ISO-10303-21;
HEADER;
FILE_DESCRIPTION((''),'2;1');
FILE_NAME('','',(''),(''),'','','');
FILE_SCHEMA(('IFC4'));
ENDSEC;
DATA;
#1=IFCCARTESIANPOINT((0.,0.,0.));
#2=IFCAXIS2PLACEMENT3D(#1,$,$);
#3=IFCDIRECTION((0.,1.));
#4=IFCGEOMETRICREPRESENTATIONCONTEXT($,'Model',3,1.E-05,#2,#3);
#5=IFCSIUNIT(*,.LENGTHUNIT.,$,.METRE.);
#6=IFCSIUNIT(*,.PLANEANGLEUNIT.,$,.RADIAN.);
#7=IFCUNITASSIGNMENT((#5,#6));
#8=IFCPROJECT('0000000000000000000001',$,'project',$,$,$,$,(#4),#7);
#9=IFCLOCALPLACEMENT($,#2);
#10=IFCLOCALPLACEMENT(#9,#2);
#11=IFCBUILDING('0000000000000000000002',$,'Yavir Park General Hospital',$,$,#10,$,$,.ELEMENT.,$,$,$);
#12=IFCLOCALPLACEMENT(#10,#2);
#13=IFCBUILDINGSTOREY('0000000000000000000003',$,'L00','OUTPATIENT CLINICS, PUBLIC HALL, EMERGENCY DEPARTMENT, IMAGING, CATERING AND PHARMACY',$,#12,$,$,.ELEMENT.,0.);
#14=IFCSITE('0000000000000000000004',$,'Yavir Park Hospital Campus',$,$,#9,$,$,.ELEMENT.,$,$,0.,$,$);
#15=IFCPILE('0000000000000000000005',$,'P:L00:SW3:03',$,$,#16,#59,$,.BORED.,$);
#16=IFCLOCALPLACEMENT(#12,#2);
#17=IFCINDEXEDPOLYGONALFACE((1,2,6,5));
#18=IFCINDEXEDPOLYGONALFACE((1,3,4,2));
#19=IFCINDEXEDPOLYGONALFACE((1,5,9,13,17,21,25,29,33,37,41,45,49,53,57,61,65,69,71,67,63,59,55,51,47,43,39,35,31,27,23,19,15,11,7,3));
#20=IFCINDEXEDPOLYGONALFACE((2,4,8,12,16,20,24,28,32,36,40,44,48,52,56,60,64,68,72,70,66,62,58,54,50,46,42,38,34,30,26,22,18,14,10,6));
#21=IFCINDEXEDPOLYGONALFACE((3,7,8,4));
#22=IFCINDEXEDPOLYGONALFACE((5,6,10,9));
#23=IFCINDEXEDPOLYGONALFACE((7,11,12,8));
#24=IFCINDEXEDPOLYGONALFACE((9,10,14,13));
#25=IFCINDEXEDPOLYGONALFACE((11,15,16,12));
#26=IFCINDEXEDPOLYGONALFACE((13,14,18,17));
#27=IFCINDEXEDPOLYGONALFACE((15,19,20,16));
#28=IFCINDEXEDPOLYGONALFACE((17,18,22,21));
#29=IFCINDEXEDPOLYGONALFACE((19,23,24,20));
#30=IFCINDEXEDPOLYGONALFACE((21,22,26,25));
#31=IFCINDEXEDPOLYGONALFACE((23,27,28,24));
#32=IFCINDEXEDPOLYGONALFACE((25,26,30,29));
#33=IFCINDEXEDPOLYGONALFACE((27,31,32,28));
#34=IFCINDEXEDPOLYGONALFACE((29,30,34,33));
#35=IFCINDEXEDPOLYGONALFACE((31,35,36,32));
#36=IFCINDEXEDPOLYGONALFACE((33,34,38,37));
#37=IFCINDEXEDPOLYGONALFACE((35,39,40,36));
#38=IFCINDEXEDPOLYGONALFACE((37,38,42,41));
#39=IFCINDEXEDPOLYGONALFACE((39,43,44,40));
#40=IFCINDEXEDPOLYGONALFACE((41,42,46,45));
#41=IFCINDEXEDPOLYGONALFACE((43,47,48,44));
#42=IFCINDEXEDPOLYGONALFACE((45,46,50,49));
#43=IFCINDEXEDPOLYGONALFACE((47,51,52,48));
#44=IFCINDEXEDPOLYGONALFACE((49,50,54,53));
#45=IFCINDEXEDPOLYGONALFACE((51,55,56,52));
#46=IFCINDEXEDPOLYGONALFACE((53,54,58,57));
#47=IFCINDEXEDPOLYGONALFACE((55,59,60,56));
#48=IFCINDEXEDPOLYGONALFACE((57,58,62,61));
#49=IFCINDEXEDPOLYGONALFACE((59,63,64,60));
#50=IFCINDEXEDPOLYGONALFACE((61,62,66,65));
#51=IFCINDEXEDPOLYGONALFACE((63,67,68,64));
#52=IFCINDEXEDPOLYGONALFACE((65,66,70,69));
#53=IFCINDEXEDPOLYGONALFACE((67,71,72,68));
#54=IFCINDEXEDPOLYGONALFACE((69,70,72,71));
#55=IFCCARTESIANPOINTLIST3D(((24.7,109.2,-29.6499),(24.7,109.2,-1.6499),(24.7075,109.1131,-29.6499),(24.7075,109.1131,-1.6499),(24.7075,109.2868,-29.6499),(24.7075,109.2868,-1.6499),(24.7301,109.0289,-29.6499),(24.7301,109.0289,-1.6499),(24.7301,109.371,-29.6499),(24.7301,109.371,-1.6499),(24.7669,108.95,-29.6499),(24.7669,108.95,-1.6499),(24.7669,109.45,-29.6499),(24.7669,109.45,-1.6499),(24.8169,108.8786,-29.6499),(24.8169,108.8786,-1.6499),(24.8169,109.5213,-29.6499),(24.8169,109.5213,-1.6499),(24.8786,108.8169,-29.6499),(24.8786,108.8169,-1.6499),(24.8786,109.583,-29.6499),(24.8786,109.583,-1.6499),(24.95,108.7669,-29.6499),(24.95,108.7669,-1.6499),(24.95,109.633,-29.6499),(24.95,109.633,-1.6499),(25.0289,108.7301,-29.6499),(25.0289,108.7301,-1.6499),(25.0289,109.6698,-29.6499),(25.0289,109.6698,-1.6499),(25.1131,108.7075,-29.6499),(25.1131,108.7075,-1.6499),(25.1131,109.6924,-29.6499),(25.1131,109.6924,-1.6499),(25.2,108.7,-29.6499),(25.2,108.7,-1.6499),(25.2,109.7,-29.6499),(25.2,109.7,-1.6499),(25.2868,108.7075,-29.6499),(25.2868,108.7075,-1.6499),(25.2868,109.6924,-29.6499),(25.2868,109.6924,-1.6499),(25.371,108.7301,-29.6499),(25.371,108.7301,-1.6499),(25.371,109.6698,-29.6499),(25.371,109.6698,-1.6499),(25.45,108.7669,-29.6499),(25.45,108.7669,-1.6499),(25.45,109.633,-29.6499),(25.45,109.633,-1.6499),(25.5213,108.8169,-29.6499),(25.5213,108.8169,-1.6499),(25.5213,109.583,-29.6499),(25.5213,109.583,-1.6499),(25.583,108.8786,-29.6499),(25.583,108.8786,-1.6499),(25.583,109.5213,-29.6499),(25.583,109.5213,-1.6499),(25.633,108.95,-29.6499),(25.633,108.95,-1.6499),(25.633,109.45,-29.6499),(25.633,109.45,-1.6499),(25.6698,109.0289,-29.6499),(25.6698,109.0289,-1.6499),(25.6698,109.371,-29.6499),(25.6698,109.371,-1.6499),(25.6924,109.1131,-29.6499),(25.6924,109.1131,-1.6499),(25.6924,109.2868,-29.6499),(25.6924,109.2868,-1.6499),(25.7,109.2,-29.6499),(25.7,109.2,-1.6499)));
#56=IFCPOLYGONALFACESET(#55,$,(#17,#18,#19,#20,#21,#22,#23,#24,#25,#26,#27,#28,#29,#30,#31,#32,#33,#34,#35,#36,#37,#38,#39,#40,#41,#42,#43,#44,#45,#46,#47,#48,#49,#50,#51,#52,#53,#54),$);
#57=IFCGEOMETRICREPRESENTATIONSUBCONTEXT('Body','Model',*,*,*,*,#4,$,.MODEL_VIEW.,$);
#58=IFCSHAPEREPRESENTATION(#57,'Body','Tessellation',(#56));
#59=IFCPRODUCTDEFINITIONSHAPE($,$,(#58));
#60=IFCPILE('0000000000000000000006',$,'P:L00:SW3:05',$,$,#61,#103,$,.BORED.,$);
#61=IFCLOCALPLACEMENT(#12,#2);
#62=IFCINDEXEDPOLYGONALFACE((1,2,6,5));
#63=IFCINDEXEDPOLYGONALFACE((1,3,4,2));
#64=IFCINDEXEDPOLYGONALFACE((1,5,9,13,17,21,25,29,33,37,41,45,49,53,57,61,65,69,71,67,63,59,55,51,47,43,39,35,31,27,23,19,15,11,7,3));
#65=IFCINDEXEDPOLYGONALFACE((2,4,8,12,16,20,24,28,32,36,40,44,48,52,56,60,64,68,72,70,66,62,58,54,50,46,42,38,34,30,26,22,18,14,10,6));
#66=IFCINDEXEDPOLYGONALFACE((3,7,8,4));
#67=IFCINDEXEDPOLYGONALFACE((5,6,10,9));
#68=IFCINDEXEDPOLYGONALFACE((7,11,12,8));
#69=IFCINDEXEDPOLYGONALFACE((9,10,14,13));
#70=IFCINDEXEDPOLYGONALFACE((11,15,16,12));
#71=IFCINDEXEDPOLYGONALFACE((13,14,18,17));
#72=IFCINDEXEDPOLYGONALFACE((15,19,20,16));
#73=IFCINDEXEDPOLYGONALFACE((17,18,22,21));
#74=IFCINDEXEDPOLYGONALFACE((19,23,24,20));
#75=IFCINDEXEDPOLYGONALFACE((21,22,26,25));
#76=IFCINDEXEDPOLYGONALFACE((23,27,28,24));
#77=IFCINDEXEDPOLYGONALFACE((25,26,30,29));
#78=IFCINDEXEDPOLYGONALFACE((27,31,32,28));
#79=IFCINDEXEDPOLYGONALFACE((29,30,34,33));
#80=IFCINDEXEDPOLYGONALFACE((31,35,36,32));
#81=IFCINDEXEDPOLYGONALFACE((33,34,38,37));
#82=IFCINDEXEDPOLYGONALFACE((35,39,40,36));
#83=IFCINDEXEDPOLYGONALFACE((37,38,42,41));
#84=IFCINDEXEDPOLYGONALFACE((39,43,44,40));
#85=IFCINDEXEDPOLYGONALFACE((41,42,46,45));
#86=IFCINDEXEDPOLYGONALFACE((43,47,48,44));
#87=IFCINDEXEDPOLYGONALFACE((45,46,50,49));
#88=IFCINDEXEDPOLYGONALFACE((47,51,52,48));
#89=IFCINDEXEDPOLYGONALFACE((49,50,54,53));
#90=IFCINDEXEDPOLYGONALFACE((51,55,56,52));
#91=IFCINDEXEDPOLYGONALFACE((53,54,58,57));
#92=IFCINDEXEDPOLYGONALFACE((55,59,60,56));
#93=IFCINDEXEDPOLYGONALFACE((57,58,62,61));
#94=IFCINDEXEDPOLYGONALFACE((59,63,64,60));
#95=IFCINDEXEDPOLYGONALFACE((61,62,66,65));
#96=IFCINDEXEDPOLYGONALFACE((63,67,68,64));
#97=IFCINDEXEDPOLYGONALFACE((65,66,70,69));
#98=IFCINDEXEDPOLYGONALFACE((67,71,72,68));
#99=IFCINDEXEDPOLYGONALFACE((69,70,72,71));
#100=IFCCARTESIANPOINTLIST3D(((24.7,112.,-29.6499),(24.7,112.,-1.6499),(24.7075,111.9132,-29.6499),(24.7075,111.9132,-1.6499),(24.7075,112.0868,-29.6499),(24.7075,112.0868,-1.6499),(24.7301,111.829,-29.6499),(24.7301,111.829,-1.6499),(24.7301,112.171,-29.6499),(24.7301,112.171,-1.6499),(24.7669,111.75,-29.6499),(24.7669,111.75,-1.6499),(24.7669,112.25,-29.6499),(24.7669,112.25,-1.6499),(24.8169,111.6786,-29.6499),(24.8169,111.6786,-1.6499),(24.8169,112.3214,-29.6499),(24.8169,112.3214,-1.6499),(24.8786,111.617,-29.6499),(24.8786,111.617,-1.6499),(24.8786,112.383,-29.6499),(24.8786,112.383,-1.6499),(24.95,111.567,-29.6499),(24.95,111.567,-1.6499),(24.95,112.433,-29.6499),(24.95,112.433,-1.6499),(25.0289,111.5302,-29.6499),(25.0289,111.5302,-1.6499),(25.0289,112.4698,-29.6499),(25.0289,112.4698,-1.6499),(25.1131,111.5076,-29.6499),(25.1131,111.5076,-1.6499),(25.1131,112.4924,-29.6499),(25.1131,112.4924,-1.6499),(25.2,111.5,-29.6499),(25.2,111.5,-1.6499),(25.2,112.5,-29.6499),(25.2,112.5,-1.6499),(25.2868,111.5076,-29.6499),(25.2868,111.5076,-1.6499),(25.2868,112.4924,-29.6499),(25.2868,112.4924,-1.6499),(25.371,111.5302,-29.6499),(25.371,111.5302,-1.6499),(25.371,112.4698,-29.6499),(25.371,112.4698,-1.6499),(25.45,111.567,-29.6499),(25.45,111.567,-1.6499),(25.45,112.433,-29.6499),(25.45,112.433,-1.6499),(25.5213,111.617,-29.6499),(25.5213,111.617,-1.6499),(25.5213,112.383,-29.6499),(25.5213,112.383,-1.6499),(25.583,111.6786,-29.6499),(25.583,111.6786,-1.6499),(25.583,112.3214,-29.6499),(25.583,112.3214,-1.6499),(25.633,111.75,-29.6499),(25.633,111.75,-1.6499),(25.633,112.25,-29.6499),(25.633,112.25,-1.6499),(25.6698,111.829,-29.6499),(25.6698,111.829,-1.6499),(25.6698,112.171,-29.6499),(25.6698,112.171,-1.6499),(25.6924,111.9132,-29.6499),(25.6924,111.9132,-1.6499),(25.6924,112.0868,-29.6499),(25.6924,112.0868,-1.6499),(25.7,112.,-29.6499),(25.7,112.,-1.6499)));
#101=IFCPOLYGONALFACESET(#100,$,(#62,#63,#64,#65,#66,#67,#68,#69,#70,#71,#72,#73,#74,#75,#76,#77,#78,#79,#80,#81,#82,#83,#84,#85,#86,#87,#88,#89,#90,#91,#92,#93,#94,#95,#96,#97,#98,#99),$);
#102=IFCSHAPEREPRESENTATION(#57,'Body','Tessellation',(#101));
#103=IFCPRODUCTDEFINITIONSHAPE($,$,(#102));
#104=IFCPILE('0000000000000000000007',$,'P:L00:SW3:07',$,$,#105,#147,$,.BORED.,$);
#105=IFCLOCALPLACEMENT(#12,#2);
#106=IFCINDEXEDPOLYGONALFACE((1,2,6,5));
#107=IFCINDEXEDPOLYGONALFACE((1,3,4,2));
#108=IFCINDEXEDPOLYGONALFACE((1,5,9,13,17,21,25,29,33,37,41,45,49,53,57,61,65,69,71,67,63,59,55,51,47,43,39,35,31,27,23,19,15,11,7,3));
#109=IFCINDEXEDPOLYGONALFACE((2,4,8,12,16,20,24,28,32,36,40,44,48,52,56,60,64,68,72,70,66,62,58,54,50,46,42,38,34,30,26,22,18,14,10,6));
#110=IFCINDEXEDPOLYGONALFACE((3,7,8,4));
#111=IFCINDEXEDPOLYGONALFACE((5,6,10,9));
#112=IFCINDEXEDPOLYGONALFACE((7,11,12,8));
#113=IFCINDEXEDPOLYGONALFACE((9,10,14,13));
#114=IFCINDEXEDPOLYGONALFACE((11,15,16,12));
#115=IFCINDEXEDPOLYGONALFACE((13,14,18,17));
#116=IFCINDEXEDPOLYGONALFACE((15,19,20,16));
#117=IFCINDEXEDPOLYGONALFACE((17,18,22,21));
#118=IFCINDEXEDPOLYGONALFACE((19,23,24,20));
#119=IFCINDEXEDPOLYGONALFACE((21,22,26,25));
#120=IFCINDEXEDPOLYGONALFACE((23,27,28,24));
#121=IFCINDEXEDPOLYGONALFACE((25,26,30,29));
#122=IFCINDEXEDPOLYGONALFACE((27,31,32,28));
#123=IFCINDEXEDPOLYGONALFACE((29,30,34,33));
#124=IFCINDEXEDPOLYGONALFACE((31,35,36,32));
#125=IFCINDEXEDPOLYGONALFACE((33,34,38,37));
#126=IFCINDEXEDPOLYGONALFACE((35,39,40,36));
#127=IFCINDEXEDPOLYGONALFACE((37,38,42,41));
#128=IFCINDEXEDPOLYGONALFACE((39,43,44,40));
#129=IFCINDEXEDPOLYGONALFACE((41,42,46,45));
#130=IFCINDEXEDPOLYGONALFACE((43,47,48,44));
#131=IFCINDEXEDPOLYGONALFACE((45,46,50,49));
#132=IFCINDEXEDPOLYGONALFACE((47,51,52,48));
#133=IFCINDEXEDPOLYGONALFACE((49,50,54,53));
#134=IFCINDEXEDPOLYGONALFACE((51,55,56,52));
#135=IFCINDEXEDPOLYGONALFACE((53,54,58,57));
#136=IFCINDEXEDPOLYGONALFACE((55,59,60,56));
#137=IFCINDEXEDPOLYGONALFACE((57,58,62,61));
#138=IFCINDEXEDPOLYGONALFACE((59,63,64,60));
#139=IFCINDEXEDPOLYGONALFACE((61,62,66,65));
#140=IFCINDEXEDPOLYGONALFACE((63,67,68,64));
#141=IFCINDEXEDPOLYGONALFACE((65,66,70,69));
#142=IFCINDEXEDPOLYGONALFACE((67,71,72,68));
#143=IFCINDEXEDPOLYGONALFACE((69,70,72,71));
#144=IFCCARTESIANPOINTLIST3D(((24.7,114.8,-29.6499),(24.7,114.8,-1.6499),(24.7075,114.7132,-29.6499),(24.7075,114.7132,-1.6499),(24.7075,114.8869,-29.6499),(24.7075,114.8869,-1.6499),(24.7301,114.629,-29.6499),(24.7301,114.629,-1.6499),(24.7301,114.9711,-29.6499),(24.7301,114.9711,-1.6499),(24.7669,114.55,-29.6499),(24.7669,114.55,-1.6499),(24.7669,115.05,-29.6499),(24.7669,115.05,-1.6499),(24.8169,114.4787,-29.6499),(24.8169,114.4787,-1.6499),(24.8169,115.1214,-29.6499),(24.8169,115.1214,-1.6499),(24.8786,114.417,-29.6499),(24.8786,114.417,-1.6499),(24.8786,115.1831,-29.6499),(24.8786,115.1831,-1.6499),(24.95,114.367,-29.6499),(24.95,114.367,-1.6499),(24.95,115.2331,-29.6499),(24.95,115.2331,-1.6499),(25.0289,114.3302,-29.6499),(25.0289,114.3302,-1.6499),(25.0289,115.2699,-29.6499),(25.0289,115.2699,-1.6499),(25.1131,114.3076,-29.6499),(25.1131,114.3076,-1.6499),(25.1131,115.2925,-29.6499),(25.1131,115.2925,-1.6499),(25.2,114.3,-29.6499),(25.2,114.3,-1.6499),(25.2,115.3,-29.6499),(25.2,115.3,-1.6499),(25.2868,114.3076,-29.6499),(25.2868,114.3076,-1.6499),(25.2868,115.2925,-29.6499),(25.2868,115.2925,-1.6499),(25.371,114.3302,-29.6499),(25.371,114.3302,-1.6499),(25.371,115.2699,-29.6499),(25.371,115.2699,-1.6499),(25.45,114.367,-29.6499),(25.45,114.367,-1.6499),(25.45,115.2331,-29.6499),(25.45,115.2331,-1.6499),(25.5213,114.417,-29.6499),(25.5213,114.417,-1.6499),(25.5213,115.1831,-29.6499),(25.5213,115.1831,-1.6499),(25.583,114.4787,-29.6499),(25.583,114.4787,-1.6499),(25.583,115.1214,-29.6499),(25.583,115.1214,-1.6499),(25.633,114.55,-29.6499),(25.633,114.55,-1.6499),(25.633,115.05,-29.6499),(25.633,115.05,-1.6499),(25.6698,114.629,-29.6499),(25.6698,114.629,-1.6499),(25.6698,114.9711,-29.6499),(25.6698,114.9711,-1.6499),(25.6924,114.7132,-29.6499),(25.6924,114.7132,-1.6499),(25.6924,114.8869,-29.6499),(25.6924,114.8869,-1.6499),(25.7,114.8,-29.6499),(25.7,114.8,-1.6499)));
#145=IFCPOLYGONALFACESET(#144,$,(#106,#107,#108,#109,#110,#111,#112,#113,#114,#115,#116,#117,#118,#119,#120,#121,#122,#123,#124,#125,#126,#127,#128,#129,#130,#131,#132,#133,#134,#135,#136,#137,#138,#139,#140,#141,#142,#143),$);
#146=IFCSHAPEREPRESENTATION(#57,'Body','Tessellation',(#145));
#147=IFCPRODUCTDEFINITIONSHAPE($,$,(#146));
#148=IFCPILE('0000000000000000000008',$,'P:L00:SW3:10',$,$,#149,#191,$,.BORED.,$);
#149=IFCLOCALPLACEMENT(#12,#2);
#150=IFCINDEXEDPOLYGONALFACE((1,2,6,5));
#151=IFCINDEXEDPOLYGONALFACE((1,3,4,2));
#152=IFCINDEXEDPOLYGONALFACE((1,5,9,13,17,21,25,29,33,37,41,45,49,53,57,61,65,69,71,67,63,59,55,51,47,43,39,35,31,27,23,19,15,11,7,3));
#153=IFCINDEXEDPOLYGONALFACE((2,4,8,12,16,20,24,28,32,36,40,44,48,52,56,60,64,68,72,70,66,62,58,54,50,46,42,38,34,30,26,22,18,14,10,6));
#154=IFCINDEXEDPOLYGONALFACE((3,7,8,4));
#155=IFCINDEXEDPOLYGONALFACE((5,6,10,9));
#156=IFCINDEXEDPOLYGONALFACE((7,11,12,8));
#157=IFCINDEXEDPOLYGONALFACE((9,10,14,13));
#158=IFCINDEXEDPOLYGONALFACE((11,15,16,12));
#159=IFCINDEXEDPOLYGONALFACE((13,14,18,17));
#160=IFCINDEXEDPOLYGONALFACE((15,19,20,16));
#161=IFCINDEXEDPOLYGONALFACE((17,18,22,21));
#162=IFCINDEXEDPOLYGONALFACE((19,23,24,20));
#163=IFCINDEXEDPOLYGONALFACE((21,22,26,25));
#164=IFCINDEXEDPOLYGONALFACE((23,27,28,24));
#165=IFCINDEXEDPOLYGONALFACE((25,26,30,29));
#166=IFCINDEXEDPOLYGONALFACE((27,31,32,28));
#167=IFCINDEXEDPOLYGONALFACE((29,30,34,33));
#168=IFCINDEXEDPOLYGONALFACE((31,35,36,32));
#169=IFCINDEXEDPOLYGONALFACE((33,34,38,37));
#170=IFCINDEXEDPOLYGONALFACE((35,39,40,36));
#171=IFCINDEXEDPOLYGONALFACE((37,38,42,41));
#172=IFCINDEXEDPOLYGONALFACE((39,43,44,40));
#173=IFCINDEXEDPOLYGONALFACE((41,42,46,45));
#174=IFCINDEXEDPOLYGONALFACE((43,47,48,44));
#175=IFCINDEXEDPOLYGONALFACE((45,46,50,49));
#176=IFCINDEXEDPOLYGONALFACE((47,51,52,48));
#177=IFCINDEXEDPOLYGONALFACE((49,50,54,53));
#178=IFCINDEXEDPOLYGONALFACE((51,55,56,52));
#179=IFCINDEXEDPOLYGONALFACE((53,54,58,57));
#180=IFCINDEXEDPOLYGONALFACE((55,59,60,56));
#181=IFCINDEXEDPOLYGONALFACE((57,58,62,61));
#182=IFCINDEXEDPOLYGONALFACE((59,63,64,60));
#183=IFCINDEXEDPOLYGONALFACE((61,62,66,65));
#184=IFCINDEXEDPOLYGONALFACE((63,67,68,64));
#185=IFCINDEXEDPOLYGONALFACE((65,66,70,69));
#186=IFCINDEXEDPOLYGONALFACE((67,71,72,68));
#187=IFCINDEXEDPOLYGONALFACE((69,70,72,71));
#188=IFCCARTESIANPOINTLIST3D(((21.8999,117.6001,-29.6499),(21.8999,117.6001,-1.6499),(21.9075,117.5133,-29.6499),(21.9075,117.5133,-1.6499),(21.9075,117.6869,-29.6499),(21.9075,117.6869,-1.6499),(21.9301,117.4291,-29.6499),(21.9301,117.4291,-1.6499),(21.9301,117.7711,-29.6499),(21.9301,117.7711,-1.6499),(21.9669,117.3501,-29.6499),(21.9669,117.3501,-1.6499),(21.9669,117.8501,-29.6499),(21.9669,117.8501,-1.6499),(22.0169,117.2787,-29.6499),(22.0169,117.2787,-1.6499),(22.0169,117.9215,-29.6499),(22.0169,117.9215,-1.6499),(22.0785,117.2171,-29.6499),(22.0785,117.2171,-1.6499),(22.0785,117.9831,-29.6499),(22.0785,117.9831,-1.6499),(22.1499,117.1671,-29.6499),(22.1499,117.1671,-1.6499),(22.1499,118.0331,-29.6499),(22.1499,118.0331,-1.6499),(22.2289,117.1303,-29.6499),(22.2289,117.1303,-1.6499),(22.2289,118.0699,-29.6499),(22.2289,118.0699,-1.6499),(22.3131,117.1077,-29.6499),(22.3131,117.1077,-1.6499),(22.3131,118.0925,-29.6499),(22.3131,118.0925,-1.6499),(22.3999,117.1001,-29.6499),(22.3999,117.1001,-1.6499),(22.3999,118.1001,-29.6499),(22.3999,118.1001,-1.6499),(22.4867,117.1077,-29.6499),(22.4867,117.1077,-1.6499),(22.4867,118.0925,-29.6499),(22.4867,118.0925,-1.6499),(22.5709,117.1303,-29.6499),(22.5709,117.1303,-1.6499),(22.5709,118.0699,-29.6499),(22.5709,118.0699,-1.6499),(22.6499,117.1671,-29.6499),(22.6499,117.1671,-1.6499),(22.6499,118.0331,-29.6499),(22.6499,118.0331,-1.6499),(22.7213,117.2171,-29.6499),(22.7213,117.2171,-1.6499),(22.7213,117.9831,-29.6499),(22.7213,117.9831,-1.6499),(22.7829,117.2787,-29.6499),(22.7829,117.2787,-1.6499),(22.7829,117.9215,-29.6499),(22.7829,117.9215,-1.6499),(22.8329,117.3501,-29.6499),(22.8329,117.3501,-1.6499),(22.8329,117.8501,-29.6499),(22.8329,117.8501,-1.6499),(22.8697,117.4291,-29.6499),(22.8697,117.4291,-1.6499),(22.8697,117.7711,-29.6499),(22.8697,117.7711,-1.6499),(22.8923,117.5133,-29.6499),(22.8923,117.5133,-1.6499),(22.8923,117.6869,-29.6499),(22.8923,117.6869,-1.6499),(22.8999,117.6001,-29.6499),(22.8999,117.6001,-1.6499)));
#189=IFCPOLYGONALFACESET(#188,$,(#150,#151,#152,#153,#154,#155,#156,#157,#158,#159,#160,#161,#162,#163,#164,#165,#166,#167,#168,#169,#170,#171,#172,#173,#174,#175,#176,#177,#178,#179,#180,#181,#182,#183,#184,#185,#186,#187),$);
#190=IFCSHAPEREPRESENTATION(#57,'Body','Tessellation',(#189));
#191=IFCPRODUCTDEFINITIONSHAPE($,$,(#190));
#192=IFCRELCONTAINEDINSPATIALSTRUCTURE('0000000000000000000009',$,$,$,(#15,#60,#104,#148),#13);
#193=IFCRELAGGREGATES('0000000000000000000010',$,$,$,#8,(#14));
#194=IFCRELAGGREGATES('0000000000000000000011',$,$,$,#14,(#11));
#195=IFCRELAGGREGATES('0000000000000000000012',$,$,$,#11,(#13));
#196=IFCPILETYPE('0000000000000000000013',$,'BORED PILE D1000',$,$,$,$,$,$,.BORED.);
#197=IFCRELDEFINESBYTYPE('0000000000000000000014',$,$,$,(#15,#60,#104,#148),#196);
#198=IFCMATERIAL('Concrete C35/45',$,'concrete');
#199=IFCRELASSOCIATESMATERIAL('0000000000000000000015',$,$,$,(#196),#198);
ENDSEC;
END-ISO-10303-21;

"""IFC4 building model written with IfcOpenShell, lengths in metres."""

from ifc_helpers import new_model, si_unit, direction, frame, origin, origin_2d, place, context, subcontext, project, spatial, circle, extrude, material, material_profile, profile_set, type_object, element, save


model = new_model("IFC4")

# Units and contexts
model_context = context("Model", 3, precision=1e-05, world=origin(), true_north=direction((0.0, 1.0)))
body_context = subcontext(model_context, "Body", "Model", "MODEL_VIEW")
ifc_project = project(units=[si_unit("LENGTHUNIT", "METRE"), si_unit("PLANEANGLEUNIT", "RADIAN")], contexts=[model_context])

# Site, building, storey
site_placement = place(None, origin())
site = spatial("IfcSite", under=ifc_project, at=site_placement, Name="Yavir Park Hospital Campus", CompositionType="ELEMENT", RefElevation=0.0)
building_placement = place(site_placement, origin())
building = spatial("IfcBuilding", under=site, at=building_placement, Name="Yavir Park General Hospital", CompositionType="ELEMENT")
storey_placement = place(building_placement, origin())
storey = spatial("IfcBuildingStorey", under=building, at=storey_placement, Name="L00", Description="OUTPATIENT CLINICS, PUBLIC HALL, EMERGENCY DEPARTMENT, IMAGING, CATERING AND PHARMACY", CompositionType="ELEMENT", Elevation=0.0)

# Piles
ifc_material_1 = material(Name="Concrete C35/45", Category="concrete")
ifc_material_profile_1 = material_profile(ifc_material_1, circle(Radius=0.5, at=origin_2d()), Name="D1000")
ifc_profile_set_1 = profile_set([ifc_material_profile_1], Name="Concrete C35/45")
pile_type = type_object("IfcPileType", Name="BORED PILE D1000", PredefinedType="BORED", material=ifc_profile_set_1)
for number, where, z_axis, x_axis, name in (
    (1, (25.2, 109.2, -1.6499), (0.0, 0.0, -1.0), (1.0, 0.0, 0.0), "P:L00:SW3:03"),
    (2, (25.2, 112.0, -1.6499), (0.0, 0.0, -1.0), (1.0, 0.0, 0.0), "P:L00:SW3:05"),
    (3, (25.2, 114.8, -1.6499), (0.0, 0.0, -1.0), (1.0, 0.0, 0.0), "P:L00:SW3:07"),
    (4, (22.3999, 117.6001, -1.6499), (0.0, 0.0, -1.0), (1.0, 0.0, 0.0), "P:L00:SW3:10"),
):
    element("IfcPile", number, at=place(storey_placement, frame(where, z_axis=z_axis, x_axis=x_axis)), inside=storey, type_object=pile_type, Name=name, PredefinedType="BORED", context=body_context, shape_type="SweptSolid", body=[
        extrude(circle(Radius=0.5, at=origin_2d()), origin(), (0.0, 0.0, 1.0), 28.0),
    ])

save(model, "model.ifc")
